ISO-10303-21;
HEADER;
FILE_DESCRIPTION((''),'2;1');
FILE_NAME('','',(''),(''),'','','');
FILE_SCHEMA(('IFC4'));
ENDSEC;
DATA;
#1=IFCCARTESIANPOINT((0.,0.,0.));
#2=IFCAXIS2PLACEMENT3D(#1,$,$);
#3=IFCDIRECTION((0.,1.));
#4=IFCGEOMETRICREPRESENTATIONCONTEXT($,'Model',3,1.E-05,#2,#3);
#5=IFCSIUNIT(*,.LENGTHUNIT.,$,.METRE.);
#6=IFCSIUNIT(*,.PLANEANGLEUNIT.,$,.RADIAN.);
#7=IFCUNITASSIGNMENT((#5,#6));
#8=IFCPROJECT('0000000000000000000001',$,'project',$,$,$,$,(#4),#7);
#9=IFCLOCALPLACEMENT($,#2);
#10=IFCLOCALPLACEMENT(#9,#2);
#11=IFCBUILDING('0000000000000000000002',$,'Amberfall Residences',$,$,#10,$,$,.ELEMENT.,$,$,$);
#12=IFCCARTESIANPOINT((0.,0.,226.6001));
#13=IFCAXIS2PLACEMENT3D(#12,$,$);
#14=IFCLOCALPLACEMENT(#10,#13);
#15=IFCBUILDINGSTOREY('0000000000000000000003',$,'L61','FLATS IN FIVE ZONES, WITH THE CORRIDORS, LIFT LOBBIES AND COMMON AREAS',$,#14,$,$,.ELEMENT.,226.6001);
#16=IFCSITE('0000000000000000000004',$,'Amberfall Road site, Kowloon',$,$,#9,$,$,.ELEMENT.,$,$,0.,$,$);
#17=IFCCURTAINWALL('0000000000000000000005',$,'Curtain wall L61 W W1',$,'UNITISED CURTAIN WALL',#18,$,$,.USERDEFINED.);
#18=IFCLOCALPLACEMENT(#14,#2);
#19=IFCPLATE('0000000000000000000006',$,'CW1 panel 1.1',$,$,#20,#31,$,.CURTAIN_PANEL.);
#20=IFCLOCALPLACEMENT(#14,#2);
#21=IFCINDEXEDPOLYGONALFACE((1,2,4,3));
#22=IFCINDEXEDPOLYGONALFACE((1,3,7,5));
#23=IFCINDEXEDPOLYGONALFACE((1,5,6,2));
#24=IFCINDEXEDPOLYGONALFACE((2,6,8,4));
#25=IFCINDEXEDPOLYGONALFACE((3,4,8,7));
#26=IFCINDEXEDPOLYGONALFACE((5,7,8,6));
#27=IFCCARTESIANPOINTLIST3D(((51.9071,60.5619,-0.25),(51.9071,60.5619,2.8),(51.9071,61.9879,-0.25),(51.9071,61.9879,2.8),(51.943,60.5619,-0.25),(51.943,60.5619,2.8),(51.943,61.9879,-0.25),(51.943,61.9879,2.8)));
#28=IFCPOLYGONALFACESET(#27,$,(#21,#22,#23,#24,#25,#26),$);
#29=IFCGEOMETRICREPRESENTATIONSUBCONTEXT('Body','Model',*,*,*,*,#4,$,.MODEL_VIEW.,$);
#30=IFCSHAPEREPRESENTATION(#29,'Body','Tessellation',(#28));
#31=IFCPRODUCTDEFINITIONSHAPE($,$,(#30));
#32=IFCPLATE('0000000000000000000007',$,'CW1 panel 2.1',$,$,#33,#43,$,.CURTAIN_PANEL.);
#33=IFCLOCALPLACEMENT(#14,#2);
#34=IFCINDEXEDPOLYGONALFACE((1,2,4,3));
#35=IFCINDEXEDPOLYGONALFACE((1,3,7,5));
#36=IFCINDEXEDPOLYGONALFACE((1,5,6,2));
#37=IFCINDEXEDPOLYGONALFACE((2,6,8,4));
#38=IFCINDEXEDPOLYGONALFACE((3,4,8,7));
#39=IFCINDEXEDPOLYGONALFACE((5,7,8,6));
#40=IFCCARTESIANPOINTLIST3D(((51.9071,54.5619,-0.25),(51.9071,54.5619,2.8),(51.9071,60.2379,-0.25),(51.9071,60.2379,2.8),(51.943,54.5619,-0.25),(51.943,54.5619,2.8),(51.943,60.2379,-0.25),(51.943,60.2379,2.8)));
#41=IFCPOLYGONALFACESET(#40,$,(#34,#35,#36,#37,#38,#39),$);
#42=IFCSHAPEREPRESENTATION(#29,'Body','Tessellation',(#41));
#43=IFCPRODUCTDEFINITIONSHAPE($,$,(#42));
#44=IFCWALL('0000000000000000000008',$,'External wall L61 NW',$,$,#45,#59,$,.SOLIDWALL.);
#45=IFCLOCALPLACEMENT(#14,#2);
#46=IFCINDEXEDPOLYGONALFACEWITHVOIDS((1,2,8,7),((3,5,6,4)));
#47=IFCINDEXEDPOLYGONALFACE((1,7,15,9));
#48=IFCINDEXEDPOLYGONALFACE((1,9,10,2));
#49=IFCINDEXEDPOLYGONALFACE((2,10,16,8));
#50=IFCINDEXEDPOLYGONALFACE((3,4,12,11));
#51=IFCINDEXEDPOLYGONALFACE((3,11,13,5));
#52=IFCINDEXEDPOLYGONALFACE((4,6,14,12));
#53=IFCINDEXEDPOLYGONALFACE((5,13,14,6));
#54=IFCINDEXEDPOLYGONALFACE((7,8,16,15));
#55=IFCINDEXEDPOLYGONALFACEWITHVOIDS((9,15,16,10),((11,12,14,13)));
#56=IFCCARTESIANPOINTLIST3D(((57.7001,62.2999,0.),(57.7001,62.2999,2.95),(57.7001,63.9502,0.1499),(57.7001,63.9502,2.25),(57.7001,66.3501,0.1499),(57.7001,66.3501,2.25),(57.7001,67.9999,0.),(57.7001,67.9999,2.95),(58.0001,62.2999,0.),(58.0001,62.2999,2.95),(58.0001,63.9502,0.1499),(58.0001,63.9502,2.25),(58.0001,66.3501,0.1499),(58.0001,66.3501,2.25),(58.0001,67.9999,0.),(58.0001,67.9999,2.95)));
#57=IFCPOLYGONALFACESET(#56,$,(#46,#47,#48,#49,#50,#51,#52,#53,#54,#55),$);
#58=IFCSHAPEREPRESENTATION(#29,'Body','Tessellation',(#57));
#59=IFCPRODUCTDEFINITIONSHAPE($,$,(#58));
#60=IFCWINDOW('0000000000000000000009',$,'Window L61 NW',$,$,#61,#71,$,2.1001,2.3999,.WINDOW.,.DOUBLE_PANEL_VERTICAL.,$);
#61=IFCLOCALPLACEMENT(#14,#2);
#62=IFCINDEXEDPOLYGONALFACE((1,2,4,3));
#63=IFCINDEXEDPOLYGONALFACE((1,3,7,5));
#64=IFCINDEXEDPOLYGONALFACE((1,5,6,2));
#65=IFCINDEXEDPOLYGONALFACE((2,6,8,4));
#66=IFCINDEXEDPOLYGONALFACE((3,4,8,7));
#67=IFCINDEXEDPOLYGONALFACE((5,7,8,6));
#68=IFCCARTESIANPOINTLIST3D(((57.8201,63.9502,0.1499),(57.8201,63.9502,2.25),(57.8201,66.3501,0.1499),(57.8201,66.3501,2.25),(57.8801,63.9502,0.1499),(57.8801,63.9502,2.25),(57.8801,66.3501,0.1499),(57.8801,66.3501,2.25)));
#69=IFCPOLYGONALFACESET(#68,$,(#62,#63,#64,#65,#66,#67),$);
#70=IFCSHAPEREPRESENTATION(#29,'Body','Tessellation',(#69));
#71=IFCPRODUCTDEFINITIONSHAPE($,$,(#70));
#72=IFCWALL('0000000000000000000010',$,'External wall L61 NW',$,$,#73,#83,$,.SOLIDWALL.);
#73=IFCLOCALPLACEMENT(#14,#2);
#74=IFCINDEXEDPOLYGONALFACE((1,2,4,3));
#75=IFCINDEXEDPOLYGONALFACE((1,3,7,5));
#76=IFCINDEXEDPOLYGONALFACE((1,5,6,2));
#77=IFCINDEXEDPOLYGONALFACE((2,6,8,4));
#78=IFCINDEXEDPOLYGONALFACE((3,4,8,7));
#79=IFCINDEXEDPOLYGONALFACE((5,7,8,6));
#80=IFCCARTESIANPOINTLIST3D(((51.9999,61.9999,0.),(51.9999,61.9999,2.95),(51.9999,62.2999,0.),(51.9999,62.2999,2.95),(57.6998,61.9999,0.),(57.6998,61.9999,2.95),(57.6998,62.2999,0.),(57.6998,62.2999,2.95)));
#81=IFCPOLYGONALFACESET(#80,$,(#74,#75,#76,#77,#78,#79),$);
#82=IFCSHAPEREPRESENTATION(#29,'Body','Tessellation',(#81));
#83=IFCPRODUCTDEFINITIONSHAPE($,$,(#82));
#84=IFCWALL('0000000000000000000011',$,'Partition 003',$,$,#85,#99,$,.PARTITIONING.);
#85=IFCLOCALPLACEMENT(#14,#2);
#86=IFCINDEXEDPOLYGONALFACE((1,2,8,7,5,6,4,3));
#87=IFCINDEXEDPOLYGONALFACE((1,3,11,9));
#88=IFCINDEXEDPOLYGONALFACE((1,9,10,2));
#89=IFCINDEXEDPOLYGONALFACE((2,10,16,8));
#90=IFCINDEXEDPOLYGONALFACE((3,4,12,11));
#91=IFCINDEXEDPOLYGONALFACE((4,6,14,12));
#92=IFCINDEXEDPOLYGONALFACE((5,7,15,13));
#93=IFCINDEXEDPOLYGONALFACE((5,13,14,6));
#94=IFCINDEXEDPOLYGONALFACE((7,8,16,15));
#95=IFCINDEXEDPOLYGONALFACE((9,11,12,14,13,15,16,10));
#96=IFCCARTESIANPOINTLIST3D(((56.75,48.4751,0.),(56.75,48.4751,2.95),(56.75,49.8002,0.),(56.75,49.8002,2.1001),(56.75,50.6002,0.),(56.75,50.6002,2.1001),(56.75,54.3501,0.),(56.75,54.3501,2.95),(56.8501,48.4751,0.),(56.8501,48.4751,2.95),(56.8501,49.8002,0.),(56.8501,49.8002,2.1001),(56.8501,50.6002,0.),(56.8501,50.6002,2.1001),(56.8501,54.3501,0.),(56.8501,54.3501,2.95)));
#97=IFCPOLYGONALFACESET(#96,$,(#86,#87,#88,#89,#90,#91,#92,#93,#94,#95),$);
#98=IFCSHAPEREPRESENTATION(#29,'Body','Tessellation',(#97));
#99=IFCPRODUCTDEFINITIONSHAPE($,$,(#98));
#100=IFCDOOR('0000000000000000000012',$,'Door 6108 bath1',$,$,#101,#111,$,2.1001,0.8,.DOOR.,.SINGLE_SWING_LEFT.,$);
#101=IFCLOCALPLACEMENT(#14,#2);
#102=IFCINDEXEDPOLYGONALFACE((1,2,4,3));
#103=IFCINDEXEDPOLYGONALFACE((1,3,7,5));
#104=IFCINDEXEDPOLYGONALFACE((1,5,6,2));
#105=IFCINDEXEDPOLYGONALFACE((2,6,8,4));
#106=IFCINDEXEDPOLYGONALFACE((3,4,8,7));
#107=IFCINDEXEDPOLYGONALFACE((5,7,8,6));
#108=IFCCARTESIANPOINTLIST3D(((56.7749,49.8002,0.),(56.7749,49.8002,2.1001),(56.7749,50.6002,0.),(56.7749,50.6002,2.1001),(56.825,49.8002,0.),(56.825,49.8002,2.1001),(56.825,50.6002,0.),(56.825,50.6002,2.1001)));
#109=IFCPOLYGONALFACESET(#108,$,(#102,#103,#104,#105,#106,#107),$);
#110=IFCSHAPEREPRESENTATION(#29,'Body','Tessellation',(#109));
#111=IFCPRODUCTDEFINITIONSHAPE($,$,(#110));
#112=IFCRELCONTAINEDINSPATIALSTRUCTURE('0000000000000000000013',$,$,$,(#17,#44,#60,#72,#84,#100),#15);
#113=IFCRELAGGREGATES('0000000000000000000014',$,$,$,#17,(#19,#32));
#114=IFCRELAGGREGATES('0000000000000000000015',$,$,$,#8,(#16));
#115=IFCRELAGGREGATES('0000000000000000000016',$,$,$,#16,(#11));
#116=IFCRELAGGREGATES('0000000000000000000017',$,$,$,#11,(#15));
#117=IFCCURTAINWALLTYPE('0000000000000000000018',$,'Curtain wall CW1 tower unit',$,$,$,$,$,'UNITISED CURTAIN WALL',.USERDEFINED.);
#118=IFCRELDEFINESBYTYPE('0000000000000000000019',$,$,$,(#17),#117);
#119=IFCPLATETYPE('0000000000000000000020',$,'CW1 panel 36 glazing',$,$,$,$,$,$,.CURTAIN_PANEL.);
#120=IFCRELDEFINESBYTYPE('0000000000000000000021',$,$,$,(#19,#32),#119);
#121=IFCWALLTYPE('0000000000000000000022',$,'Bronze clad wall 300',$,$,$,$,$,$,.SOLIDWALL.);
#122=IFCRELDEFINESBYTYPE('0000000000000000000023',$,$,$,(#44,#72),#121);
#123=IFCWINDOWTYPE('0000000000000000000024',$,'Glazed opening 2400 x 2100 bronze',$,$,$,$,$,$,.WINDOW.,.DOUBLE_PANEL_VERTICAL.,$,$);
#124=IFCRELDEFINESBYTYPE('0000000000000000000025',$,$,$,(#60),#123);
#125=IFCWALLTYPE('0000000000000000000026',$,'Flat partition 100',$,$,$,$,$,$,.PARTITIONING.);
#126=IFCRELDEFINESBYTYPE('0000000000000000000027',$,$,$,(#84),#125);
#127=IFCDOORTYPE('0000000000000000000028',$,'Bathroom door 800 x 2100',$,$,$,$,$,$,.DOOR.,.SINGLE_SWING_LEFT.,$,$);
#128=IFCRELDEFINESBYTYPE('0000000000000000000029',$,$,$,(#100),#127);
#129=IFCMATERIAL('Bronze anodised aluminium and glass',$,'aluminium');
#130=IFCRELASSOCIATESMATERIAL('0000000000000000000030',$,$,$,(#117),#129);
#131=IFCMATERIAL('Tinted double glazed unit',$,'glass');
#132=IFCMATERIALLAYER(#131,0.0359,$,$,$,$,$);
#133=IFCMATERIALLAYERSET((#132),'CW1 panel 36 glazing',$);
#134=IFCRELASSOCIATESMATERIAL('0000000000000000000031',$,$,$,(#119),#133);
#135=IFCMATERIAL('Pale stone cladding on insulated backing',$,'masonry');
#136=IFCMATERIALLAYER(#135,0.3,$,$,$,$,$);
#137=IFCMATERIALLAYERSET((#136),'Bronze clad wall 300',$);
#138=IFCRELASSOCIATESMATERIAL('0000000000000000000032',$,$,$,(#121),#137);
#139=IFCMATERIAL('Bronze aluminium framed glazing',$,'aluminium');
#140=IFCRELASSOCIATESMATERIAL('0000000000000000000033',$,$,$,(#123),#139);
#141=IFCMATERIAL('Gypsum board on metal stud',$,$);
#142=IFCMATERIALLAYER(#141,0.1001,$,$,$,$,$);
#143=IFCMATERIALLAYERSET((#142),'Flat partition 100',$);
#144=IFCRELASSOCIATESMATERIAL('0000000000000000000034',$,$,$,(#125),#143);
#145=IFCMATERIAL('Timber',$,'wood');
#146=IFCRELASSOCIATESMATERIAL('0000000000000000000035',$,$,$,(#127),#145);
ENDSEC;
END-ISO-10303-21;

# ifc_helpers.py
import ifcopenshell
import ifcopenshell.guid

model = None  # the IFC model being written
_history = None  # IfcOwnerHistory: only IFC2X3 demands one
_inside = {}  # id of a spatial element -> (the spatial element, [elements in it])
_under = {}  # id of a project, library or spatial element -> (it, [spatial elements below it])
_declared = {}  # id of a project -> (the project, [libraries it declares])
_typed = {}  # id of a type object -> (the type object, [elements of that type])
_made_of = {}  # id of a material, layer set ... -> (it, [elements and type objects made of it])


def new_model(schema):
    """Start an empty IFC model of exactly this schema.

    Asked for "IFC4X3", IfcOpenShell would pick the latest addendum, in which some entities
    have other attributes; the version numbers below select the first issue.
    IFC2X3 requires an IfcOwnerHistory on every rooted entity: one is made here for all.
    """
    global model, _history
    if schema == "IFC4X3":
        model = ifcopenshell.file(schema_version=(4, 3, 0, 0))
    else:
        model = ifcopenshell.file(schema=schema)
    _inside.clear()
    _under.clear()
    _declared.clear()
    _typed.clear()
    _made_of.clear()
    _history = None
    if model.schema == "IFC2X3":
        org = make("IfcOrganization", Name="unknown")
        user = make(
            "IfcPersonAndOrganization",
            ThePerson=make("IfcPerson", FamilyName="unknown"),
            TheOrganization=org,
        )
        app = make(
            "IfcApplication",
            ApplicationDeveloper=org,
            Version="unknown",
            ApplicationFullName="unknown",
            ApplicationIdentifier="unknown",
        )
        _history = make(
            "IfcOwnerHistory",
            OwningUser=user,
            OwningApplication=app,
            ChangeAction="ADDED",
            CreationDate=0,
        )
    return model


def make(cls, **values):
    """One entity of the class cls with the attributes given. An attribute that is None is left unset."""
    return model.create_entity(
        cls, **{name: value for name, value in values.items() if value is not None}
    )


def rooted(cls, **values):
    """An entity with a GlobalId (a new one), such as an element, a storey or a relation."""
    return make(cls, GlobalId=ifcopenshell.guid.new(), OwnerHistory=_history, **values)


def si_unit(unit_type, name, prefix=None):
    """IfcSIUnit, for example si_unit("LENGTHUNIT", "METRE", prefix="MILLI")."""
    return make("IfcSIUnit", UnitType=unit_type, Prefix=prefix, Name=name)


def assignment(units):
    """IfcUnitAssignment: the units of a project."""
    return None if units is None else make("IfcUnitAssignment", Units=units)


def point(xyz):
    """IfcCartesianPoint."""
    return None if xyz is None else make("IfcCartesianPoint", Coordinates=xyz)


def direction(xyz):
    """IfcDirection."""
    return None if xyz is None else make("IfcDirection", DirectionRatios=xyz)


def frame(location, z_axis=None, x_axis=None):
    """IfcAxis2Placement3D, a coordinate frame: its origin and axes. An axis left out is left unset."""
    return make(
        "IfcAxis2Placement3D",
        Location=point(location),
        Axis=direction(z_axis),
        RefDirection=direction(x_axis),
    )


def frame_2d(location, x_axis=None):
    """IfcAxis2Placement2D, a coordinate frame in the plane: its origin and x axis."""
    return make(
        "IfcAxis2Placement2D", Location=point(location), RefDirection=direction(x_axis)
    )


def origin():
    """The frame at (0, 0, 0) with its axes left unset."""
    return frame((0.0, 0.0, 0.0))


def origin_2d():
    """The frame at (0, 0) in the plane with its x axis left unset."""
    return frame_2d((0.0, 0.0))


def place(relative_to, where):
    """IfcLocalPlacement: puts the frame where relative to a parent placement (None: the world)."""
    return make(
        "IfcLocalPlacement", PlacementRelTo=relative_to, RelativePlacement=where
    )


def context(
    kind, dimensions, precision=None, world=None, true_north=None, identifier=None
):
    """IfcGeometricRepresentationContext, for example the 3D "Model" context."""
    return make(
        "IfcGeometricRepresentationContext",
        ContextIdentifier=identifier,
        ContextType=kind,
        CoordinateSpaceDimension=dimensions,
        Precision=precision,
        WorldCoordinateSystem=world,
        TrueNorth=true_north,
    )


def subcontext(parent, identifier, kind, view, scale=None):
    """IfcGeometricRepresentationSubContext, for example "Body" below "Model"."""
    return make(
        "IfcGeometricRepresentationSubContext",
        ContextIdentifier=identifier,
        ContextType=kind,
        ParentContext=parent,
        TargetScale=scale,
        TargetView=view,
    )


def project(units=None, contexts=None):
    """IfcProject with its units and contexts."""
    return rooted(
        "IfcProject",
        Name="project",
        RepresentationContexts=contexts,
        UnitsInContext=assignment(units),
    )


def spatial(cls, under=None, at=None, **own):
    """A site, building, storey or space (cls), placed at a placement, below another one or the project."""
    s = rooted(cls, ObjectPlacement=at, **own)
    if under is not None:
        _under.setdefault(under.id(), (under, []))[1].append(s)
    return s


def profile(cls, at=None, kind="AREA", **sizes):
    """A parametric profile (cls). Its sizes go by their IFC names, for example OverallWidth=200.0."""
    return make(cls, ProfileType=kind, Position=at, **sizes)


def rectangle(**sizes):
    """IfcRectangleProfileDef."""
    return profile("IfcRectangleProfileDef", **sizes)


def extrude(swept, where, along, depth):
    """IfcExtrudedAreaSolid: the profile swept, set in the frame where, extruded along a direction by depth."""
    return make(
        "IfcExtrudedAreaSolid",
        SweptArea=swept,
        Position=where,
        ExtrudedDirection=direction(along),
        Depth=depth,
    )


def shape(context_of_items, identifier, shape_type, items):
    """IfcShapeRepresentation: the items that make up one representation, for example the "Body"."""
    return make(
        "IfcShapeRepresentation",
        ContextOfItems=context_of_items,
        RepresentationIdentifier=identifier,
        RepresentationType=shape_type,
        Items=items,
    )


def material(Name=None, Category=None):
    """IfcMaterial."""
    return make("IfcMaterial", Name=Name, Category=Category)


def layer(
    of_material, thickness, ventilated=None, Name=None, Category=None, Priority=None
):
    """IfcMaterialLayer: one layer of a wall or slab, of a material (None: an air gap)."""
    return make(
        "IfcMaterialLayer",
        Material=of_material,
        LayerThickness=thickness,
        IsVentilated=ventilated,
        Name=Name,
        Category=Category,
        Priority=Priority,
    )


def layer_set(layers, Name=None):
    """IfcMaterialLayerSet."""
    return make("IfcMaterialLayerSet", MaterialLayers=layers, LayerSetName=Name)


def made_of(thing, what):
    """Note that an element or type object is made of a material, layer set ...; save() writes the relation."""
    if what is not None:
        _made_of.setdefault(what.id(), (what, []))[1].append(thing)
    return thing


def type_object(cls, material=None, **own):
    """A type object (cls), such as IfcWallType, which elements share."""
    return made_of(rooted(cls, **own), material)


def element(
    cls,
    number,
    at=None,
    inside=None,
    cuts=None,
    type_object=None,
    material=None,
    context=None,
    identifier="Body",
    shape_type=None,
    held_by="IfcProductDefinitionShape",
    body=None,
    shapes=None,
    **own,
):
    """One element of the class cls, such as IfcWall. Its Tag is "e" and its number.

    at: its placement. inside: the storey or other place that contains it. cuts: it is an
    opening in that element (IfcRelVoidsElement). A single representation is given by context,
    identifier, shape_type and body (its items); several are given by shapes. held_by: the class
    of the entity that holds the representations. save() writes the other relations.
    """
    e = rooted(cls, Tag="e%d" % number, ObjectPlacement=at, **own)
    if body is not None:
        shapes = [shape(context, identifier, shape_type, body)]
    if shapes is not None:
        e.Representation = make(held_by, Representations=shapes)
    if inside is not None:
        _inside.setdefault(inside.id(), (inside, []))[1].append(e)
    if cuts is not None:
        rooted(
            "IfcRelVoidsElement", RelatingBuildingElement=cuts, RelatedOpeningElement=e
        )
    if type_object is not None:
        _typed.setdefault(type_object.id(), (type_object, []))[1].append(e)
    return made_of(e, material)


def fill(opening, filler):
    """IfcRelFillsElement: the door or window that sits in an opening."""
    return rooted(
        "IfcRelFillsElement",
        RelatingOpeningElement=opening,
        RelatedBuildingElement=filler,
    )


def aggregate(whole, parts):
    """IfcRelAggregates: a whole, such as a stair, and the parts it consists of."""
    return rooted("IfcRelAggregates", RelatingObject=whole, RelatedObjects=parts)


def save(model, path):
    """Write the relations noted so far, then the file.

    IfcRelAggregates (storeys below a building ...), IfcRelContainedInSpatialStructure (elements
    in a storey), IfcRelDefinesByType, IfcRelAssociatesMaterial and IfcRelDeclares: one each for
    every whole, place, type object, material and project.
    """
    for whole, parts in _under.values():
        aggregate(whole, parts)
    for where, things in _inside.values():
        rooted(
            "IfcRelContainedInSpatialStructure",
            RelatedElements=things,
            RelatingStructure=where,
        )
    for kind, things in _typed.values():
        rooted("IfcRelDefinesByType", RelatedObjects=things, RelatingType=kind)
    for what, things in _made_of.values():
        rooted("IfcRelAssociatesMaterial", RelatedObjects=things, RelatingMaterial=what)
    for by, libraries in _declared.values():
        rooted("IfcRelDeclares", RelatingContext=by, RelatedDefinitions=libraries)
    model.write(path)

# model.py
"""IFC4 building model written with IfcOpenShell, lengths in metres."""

from ifc_helpers import new_model, si_unit, direction, frame, frame_2d, origin, origin_2d, place, context, subcontext, project, spatial, rectangle, extrude, material, layer, layer_set, type_object, element, fill, aggregate, save


model = new_model("IFC4")

# Units and contexts
model_context = context("Model", 3, precision=1e-05, world=origin(), true_north=direction((0.0, 1.0)))
body_context = subcontext(model_context, "Body", "Model", "MODEL_VIEW")
ifc_project = project(units=[si_unit("LENGTHUNIT", "METRE"), si_unit("PLANEANGLEUNIT", "RADIAN")], contexts=[model_context])

# Site, building, storey
site_placement = place(None, origin())
site = spatial("IfcSite", under=ifc_project, at=site_placement, Name="Amberfall Road site, Kowloon", CompositionType="ELEMENT", RefElevation=0.0)
building_placement = place(site_placement, origin())
building = spatial("IfcBuilding", under=site, at=building_placement, Name="Amberfall Residences", CompositionType="ELEMENT")
storey_placement = place(building_placement, frame((0.0, 0.0, 226.6001)))
storey = spatial("IfcBuildingStorey", under=building, at=storey_placement, Name="L61", Description="FLATS IN FIVE ZONES, WITH THE CORRIDORS, LIFT LOBBIES AND COMMON AREAS", CompositionType="ELEMENT", Elevation=226.6001)

# Curtain wall
ifc_material_1 = material(Name="Bronze anodised aluminium and glass", Category="aluminium")
curtain_wall_type = type_object("IfcCurtainWallType", Name="Curtain wall CW1 tower unit", ElementType="UNITISED CURTAIN WALL", PredefinedType="USERDEFINED", material=ifc_material_1)
curtain_wall_1_placement = place(storey_placement, origin())
curtain_wall_1 = element("IfcCurtainWall", 1, at=curtain_wall_1_placement, inside=storey, type_object=curtain_wall_type, Name="Curtain wall L61 W W1", ObjectType="UNITISED CURTAIN WALL", PredefinedType="USERDEFINED")

# Plates
ifc_material_2 = material(Name="Tinted double glazed unit", Category="glass")
ifc_layer_1 = layer(ifc_material_2, 0.0359)
ifc_layer_set_1 = layer_set([ifc_layer_1], Name="CW1 panel 36 glazing")
plate_type = type_object("IfcPlateType", Name="CW1 panel 36 glazing", PredefinedType="CURTAIN_PANEL", material=ifc_layer_set_1)
plate_1_placement = place(storey_placement, frame((51.925, 61.2749, -0.25), z_axis=(0.0, 0.0, 1.0), x_axis=(0.0, -1.0, 0.0)))
plate_1 = element("IfcPlate", 2, at=plate_1_placement, type_object=plate_type, Name="CW1 panel 1.1", PredefinedType="CURTAIN_PANEL", context=body_context, shape_type="SweptSolid", body=[
    extrude(rectangle(XDim=1.426, YDim=0.0359, at=origin_2d()), origin(), (0.0, 0.0, 1.0), 3.05),
])
plate_2_placement = place(storey_placement, frame((51.925, 57.3999, -0.25), z_axis=(0.0, 0.0, 1.0), x_axis=(0.0, -1.0, 0.0)))
plate_2 = element("IfcPlate", 3, at=plate_2_placement, type_object=plate_type, Name="CW1 panel 2.1", PredefinedType="CURTAIN_PANEL", context=body_context, shape_type="SweptSolid", body=[
    extrude(rectangle(XDim=5.676, YDim=0.0359, at=origin_2d()), origin(), (0.0, 0.0, 1.0), 3.05),
])
aggregate(curtain_wall_1, [plate_1, plate_2])

# Wall, opening, window
ifc_material_3 = material(Name="Pale stone cladding on insulated backing", Category="masonry")
ifc_layer_2 = layer(ifc_material_3, 0.3)
ifc_layer_set_2 = layer_set([ifc_layer_2], Name="Bronze clad wall 300")
wall_type_1 = type_object("IfcWallType", Name="Bronze clad wall 300", PredefinedType="SOLIDWALL", material=ifc_layer_set_2)
wall_1_placement = place(storey_placement, frame((57.8501, 68.0, 0.0), z_axis=(0.0, 0.0, 1.0), x_axis=(0.0, -1.0, 0.0)))
wall_1 = element("IfcWall", 4, at=wall_1_placement, inside=storey, type_object=wall_type_1, Name="External wall L61 NW", PredefinedType="SOLIDWALL", context=body_context, shape_type="SweptSolid", body=[
    extrude(rectangle(XDim=5.7, YDim=0.3, at=frame_2d((2.8501, 0.0))), origin(), (0.0, 0.0, 1.0), 2.95),
])
opening_1_placement = place(wall_1_placement, frame((1.6499, 0.0, 0.1499)))
opening_1 = element("IfcOpeningElement", 5, at=opening_1_placement, cuts=wall_1, PredefinedType="OPENING", context=body_context, shape_type="SweptSolid", body=[
    extrude(rectangle(XDim=2.3999, YDim=2.1001, at=frame_2d((1.2, 1.05))), frame((0.0, 0.1599, 0.0), z_axis=(0.0, -1.0, 0.0), x_axis=(1.0, 0.0, 0.0)), (0.0, 0.0, 1.0), 0.3201),
])
ifc_material_4 = material(Name="Bronze aluminium framed glazing", Category="aluminium")
window_type = type_object("IfcWindowType", Name="Glazed opening 2400 x 2100 bronze", PartitioningType="DOUBLE_PANEL_VERTICAL", PredefinedType="WINDOW", material=ifc_material_4)
window_placement = place(opening_1_placement, origin())
window = element("IfcWindow", 6, at=window_placement, inside=storey, type_object=window_type, Name="Window L61 NW", OverallHeight=2.1001, OverallWidth=2.3999, PartitioningType="DOUBLE_PANEL_VERTICAL", PredefinedType="WINDOW", context=body_context, shape_type="SweptSolid", body=[
    extrude(rectangle(XDim=2.3999, YDim=2.1001, at=frame_2d((1.2, 1.05))), frame((0.0, 0.03, 0.0), z_axis=(0.0, -1.0, 0.0), x_axis=(1.0, 0.0, 0.0)), (0.0, 0.0, 1.0), 0.0601),
])
fill(opening_1, window)

# Wall
wall_2_placement = place(storey_placement, frame((57.7, 62.1499, 0.0), z_axis=(0.0, 0.0, 1.0), x_axis=(-1.0, 0.0, 0.0)))
element("IfcWall", 7, at=wall_2_placement, inside=storey, type_object=wall_type_1, Name="External wall L61 NW", PredefinedType="SOLIDWALL", context=body_context, shape_type="SweptSolid", body=[
    extrude(rectangle(XDim=5.7, YDim=0.3, at=frame_2d((2.8501, 0.0))), origin(), (0.0, 0.0, 1.0), 2.95),
])

# Wall, opening, door
ifc_material_5 = material(Name="Gypsum board on metal stud")
ifc_layer_3 = layer(ifc_material_5, 0.1001)
ifc_layer_set_3 = layer_set([ifc_layer_3], Name="Flat partition 100")
wall_type_2 = type_object("IfcWallType", Name="Flat partition 100", PredefinedType="PARTITIONING", material=ifc_layer_set_3)
wall_3_placement = place(storey_placement, frame((56.8, 54.3501, 0.0), z_axis=(0.0, 0.0, 1.0), x_axis=(0.0, -1.0, 0.0)))
wall_3 = element("IfcWall", 8, at=wall_3_placement, inside=storey, type_object=wall_type_2, Name="Partition 003", PredefinedType="PARTITIONING", context=body_context, shape_type="SweptSolid", body=[
    extrude(rectangle(XDim=5.875, YDim=0.1001, at=frame_2d((2.9375, 0.0))), origin(), (0.0, 0.0, 1.0), 2.95),
])
opening_2_placement = place(wall_3_placement, frame((3.75, 0.0, 0.0)))
opening_2 = element("IfcOpeningElement", 9, at=opening_2_placement, cuts=wall_3, PredefinedType="OPENING", context=body_context, shape_type="SweptSolid", body=[
    extrude(rectangle(XDim=0.8, YDim=2.1001, at=frame_2d((0.3999, 1.05))), frame((0.0, 0.0601, 0.0), z_axis=(0.0, -1.0, 0.0), x_axis=(1.0, 0.0, 0.0)), (0.0, 0.0, 1.0), 0.1201),
])
ifc_material_6 = material(Name="Timber", Category="wood")
door_type = type_object("IfcDoorType", Name="Bathroom door 800 x 2100", OperationType="SINGLE_SWING_LEFT", PredefinedType="DOOR", material=ifc_material_6)
door_placement = place(opening_2_placement, origin())
door = element("IfcDoor", 10, at=door_placement, inside=storey, type_object=door_type, Name="Door 6108 bath1", OperationType="SINGLE_SWING_LEFT", OverallHeight=2.1001, OverallWidth=0.8, PredefinedType="DOOR", context=body_context, shape_type="SweptSolid", body=[
    extrude(rectangle(XDim=0.8, YDim=2.1001, at=frame_2d((0.3999, 1.05))), frame((0.0, 0.0249, 0.0), z_axis=(0.0, -1.0, 0.0), x_axis=(1.0, 0.0, 0.0)), (0.0, 0.0, 1.0), 0.05),
])
fill(opening_2, door)

save(model, "model.ifc")
